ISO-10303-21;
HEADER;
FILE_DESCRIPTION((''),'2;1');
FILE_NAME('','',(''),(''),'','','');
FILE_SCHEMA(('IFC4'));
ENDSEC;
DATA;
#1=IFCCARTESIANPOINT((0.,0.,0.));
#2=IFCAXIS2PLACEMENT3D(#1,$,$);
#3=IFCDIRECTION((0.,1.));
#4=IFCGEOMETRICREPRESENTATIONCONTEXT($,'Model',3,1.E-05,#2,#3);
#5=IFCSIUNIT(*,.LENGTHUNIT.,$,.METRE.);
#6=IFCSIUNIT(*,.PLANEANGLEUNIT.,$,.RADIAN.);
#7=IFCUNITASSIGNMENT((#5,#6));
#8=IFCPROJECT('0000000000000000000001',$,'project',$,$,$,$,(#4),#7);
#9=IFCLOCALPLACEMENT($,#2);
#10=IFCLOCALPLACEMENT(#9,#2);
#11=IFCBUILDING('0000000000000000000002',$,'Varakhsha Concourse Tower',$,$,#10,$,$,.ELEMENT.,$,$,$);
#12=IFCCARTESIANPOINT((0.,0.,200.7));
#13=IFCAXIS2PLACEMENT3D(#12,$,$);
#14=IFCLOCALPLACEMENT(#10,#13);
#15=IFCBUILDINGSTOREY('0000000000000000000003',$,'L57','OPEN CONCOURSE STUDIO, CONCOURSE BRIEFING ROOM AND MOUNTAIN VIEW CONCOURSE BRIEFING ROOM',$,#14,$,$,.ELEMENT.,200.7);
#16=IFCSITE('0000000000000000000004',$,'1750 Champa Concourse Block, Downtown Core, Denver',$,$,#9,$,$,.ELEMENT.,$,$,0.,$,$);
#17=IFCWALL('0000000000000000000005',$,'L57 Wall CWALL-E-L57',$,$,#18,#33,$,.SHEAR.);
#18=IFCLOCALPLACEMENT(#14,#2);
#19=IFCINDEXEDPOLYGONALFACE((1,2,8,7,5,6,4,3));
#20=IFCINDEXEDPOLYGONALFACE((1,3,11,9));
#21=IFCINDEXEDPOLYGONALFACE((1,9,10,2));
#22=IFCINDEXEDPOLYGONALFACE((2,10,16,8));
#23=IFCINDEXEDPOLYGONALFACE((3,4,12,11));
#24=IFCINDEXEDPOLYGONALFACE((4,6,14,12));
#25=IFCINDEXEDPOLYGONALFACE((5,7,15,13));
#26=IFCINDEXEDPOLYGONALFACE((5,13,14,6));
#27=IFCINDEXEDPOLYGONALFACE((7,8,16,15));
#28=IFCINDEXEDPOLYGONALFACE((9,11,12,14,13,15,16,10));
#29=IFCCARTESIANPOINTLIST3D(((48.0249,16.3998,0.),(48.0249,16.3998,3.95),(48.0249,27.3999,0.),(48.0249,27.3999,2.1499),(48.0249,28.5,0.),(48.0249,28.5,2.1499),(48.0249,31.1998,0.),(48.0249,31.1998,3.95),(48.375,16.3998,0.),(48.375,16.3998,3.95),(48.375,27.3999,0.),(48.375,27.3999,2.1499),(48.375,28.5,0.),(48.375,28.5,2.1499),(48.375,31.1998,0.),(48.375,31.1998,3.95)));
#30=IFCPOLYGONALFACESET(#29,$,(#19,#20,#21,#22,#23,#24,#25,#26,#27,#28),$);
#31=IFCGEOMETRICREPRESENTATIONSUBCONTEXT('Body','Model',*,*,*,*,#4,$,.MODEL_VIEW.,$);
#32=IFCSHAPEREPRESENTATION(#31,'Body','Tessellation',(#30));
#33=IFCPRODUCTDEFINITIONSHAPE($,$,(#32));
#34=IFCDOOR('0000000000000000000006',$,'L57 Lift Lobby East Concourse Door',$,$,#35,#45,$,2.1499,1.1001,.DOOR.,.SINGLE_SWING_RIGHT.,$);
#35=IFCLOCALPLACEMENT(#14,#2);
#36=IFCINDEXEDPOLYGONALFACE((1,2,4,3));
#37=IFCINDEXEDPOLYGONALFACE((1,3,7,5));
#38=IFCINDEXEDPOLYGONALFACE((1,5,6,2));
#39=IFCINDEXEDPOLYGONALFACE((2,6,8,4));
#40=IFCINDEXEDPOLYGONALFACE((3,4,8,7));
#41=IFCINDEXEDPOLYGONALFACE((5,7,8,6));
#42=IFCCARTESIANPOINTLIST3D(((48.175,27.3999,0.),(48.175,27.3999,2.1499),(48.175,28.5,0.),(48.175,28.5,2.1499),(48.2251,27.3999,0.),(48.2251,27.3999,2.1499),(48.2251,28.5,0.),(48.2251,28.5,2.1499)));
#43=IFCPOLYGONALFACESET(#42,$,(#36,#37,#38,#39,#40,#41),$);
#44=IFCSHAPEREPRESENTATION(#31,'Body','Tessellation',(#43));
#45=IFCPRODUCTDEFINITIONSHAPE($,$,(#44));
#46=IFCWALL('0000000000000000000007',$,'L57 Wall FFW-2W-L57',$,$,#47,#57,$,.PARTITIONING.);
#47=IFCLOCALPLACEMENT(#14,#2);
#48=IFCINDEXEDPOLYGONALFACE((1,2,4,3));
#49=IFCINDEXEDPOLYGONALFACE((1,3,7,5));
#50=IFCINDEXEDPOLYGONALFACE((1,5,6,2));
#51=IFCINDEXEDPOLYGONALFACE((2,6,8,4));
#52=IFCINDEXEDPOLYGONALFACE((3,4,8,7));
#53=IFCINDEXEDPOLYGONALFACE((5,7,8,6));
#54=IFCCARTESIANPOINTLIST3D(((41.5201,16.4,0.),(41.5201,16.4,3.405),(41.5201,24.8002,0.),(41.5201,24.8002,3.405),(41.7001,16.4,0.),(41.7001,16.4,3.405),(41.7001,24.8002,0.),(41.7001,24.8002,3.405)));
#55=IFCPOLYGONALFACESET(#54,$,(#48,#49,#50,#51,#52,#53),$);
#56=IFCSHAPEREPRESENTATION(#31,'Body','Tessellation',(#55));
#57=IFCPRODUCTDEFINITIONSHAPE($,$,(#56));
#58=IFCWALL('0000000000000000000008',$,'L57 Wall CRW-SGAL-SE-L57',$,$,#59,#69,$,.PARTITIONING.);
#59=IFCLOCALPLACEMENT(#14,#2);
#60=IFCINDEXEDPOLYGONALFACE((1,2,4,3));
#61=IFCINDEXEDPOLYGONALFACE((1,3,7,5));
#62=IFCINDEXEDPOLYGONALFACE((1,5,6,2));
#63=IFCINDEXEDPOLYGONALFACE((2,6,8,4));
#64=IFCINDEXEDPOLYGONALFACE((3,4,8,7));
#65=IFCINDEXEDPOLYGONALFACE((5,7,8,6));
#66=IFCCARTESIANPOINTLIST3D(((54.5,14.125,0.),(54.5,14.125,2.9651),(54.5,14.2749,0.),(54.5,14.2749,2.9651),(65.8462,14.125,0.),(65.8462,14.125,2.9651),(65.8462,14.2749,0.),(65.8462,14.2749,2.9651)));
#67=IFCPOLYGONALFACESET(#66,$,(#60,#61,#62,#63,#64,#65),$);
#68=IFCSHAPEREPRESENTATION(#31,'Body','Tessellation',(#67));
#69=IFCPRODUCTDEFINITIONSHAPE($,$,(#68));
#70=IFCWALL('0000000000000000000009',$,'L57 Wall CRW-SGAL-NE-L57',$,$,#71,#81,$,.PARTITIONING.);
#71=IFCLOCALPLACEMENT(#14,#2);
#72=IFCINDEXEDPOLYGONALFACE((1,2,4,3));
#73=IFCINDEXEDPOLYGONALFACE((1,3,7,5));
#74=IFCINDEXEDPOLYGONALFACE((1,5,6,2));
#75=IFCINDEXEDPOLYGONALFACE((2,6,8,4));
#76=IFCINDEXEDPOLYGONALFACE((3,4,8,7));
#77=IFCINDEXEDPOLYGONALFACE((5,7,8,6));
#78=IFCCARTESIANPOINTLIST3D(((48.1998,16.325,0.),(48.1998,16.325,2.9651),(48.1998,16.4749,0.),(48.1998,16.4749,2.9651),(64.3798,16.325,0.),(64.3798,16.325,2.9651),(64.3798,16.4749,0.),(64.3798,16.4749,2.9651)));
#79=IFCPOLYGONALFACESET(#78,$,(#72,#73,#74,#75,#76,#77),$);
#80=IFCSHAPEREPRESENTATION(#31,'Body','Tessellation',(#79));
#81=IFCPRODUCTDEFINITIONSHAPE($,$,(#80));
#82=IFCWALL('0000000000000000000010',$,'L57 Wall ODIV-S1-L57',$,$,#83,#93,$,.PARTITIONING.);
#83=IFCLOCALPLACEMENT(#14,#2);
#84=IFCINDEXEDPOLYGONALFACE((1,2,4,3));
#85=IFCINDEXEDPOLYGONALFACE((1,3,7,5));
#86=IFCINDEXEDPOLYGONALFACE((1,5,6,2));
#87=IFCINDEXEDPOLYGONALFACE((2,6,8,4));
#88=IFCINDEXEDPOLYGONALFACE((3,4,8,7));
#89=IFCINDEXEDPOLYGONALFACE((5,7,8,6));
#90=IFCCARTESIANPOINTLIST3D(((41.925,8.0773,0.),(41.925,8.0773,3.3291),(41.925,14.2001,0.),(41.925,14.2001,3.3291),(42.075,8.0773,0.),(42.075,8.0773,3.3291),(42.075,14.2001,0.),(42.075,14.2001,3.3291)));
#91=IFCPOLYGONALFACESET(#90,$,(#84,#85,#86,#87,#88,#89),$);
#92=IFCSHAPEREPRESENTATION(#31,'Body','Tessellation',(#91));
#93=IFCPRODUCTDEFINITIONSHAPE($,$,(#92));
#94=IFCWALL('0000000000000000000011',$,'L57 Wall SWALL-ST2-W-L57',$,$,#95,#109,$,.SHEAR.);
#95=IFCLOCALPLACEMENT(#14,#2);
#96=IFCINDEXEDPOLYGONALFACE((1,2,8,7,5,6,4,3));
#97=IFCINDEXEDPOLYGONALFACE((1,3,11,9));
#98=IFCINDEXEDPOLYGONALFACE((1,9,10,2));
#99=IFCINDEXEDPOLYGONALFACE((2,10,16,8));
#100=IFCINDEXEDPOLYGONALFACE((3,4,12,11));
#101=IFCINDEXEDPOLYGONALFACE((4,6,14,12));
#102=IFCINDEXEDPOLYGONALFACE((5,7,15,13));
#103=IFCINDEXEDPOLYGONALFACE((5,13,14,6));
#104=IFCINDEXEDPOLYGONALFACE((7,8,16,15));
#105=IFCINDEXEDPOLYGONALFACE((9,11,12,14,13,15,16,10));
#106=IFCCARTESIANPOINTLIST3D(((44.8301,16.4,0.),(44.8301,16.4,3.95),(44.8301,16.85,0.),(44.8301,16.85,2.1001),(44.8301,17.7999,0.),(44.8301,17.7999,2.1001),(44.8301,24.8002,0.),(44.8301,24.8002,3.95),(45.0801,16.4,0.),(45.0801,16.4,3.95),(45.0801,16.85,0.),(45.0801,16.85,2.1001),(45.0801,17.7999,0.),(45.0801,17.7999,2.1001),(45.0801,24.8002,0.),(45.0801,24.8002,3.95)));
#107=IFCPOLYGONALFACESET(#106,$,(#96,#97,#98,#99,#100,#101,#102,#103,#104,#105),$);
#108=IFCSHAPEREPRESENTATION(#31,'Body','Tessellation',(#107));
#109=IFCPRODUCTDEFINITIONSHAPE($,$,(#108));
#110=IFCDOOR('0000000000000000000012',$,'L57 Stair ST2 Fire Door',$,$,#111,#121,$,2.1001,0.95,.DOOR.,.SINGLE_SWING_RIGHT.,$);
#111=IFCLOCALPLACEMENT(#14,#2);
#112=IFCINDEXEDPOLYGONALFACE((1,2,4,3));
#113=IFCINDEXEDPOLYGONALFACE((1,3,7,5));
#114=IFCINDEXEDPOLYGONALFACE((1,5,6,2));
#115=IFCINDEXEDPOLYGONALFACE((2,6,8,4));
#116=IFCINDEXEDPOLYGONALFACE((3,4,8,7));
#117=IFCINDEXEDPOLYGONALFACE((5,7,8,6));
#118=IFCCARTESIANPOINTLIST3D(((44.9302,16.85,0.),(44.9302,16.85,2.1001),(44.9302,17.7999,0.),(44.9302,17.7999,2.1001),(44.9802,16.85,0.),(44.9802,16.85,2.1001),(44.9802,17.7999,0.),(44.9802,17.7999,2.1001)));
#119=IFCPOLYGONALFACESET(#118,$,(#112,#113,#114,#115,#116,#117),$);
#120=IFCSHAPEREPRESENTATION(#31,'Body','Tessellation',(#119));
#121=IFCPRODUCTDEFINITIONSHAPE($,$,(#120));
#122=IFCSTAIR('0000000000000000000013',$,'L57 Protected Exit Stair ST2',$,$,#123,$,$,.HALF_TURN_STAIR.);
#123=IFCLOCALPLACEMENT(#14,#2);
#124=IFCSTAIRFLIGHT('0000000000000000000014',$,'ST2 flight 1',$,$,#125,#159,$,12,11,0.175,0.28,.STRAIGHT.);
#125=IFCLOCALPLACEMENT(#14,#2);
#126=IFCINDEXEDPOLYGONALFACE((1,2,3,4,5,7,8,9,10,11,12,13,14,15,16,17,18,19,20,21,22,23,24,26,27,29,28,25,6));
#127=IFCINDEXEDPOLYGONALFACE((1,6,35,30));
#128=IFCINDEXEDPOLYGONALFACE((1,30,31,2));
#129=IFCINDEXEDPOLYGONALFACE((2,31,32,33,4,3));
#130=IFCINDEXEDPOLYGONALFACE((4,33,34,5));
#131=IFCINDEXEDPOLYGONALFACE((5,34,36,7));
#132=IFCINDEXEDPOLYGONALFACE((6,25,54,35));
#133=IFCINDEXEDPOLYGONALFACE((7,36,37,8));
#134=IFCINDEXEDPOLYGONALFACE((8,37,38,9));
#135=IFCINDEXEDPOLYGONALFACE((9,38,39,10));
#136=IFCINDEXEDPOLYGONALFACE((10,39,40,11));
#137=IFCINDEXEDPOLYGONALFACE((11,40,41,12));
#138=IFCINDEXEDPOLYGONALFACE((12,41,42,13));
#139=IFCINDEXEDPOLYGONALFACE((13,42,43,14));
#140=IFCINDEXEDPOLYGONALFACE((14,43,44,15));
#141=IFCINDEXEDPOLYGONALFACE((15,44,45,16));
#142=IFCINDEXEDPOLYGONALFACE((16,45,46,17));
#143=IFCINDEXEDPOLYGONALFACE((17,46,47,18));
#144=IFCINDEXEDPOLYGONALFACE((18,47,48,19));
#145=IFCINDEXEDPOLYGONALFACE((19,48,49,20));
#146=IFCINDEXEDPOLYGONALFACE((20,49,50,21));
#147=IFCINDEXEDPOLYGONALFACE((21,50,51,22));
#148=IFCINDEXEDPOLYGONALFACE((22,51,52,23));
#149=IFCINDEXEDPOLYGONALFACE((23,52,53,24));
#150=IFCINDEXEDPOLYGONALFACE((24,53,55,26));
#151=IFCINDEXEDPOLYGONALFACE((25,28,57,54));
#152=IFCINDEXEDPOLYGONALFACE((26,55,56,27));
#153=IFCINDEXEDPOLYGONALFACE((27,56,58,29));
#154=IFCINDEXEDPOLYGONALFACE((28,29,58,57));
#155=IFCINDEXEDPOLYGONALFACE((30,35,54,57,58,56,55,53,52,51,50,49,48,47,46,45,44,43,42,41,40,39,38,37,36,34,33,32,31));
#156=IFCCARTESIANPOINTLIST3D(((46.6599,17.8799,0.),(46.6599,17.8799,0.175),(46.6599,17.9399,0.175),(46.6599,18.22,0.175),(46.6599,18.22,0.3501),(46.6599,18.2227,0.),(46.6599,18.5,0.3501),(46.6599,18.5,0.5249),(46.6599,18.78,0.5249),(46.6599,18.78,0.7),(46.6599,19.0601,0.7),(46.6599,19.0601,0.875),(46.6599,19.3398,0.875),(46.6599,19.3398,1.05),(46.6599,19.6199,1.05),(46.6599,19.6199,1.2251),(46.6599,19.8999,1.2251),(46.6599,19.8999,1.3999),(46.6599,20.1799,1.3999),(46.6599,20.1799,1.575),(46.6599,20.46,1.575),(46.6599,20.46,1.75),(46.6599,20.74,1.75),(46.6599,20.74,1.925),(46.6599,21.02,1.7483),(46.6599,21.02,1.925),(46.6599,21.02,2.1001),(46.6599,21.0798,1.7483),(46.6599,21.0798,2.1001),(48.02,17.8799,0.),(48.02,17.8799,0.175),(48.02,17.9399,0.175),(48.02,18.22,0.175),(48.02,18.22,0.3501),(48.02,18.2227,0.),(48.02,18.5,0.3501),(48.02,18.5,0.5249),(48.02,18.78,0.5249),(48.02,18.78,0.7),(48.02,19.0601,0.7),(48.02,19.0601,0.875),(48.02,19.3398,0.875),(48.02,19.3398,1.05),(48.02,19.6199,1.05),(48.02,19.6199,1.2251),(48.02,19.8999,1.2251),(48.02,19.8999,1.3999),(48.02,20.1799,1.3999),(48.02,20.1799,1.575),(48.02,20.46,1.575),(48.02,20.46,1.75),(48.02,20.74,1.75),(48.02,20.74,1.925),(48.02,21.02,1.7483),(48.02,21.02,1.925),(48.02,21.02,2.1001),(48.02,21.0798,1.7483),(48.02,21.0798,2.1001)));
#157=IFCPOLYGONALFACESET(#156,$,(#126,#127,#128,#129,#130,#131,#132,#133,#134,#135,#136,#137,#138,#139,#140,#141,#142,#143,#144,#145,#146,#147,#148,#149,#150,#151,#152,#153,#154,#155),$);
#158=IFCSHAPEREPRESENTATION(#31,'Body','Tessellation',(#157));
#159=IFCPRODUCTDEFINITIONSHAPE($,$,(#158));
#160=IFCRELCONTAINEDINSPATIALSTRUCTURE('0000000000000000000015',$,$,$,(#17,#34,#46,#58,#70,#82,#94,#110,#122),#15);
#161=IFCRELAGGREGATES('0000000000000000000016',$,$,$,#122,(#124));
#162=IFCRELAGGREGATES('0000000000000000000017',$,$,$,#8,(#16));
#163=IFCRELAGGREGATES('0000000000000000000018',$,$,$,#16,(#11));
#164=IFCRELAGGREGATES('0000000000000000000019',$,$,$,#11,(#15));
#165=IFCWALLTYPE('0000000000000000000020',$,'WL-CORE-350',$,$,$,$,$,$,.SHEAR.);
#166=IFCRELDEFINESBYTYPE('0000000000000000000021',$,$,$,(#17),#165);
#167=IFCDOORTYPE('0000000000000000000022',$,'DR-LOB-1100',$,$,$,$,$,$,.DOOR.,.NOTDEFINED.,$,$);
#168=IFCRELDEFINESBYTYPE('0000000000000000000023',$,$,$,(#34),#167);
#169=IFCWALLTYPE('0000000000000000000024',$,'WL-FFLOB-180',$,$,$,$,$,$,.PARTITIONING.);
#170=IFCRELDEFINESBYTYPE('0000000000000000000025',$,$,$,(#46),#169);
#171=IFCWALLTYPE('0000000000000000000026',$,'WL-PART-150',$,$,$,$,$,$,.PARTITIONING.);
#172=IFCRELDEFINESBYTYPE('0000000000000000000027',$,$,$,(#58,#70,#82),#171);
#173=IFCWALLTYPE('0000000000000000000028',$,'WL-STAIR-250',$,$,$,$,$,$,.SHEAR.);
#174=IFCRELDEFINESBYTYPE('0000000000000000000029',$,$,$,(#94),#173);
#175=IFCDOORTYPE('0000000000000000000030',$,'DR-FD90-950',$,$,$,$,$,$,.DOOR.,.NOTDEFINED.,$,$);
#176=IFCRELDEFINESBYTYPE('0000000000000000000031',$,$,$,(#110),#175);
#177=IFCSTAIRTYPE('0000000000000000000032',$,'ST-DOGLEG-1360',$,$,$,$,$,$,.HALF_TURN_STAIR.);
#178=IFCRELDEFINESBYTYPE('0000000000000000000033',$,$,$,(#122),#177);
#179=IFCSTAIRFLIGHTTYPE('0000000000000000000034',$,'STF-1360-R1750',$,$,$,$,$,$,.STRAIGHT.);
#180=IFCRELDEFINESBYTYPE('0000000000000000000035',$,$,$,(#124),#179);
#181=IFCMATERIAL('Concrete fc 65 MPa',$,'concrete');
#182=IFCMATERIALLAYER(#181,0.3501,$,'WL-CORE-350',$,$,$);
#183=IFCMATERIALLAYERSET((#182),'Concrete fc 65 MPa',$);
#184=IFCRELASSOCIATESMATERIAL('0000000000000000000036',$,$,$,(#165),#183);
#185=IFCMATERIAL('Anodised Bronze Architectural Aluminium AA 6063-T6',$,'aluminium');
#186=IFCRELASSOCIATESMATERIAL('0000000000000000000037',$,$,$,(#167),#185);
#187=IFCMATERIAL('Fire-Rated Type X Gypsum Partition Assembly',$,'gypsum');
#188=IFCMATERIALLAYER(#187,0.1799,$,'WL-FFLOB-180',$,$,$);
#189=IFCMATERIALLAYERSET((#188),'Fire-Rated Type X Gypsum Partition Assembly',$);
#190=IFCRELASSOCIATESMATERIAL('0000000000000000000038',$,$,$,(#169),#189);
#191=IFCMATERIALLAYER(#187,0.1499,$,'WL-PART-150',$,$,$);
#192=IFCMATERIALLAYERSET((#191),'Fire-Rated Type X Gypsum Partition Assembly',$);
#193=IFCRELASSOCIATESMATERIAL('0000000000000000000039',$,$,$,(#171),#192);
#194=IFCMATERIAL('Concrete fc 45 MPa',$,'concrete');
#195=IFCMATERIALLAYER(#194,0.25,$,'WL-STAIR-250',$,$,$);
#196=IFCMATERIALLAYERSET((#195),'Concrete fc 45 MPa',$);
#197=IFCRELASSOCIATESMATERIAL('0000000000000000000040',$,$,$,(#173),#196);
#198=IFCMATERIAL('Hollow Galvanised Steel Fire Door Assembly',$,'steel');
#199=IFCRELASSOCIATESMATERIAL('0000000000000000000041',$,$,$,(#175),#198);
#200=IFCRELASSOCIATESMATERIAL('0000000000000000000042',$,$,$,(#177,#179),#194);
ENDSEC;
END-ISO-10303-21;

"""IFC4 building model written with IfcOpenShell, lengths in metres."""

from ifc_helpers import new_model, si_unit, direction, frame, frame_2d, origin, place, context, subcontext, project, spatial, polyline, rectangle, outline, extrude, material, layer, layer_set, type_object, element, fill, aggregate, save


model = new_model("IFC4")

# Units and contexts
model_context = context("Model", 3, precision=1e-05, world=origin(), true_north=direction((0.0, 1.0)))
body_context = subcontext(model_context, "Body", "Model", "MODEL_VIEW")
ifc_project = project(units=[si_unit("LENGTHUNIT", "METRE"), si_unit("PLANEANGLEUNIT", "RADIAN")], contexts=[model_context])

# Site, building, storey
site_placement = place(None, origin())
site = spatial("IfcSite", under=ifc_project, at=site_placement, Name="1750 Champa Concourse Block, Downtown Core, Denver", CompositionType="ELEMENT", RefElevation=0.0)
building_placement = place(site_placement, origin())
building = spatial("IfcBuilding", under=site, at=building_placement, Name="Varakhsha Concourse Tower", CompositionType="ELEMENT")
storey_placement = place(building_placement, frame((0.0, 0.0, 200.7)))
storey = spatial("IfcBuildingStorey", under=building, at=storey_placement, Name="L57", Description="OPEN CONCOURSE STUDIO, CONCOURSE BRIEFING ROOM AND MOUNTAIN VIEW CONCOURSE BRIEFING ROOM", CompositionType="ELEMENT", Elevation=200.7)

# Shared definitions
ifc_material_1 = material(Name="Concrete fc 65 MPa", Category="concrete")

# Shared definitions
ifc_material_2 = material(Name="Anodised Bronze Architectural Aluminium AA 6063-T6", Category="aluminium")

# Wall, opening, door
ifc_layer_1 = layer(ifc_material_1, 0.3501, Name="WL-CORE-350")
ifc_layer_set_1 = layer_set([ifc_layer_1], Name="Concrete fc 65 MPa")
wall_type_1 = type_object("IfcWallType", Name="WL-CORE-350", PredefinedType="SHEAR", material=ifc_layer_set_1)
wall_1_placement = place(storey_placement, frame((48.2, 16.3999, 0.0), z_axis=(0.0, 0.0, 1.0), x_axis=(0.0, 1.0, 0.0)))
wall_1 = element("IfcWall", 1, at=wall_1_placement, inside=storey, type_object=wall_type_1, Name="L57 Wall CWALL-E-L57", PredefinedType="SHEAR", context=body_context, shape_type="SweptSolid", body=[
    extrude(rectangle(XDim=14.8, YDim=0.3501, at=frame_2d((7.3999, 0.0))), origin(), (0.0, 0.0, 1.0), 3.95),
])
opening_1_placement = place(wall_1_placement, frame((11.0, 0.0, 0.0)))
opening_1 = element("IfcOpeningElement", 2, at=opening_1_placement, cuts=wall_1, PredefinedType="OPENING", context=body_context, shape_type="SweptSolid", body=[
    extrude(rectangle(XDim=1.1001, YDim=2.1499, at=frame_2d((0.55, 1.075))), frame((0.0, 0.1851, 0.0), z_axis=(0.0, -1.0, 0.0), x_axis=(1.0, 0.0, 0.0)), (0.0, 0.0, 1.0), 0.3701),
])
door_type_1 = type_object("IfcDoorType", Name="DR-LOB-1100", OperationType="NOTDEFINED", PredefinedType="DOOR", material=ifc_material_2)
door_1_placement = place(opening_1_placement, origin())
door_1 = element("IfcDoor", 3, at=door_1_placement, inside=storey, type_object=door_type_1, Name="L57 Lift Lobby East Concourse Door", OperationType="SINGLE_SWING_RIGHT", OverallHeight=2.1499, OverallWidth=1.1001, PredefinedType="DOOR", context=body_context, shape_type="SweptSolid", body=[
    extrude(rectangle(XDim=1.1001, YDim=2.1499, at=frame_2d((0.55, 1.075))), frame((0.0, 0.0249, 0.0), z_axis=(0.0, -1.0, 0.0), x_axis=(1.0, 0.0, 0.0)), (0.0, 0.0, 1.0), 0.05),
])
fill(opening_1, door_1)

# Walls
ifc_material_3 = material(Name="Fire-Rated Type X Gypsum Partition Assembly", Category="gypsum")
ifc_layer_2 = layer(ifc_material_3, 0.1799, Name="WL-FFLOB-180")
ifc_layer_set_2 = layer_set([ifc_layer_2], Name="Fire-Rated Type X Gypsum Partition Assembly")
wall_type_2 = type_object("IfcWallType", Name="WL-FFLOB-180", PredefinedType="PARTITIONING", material=ifc_layer_set_2)
wall_2_placement = place(storey_placement, frame((41.6101, 16.3999, 0.0), z_axis=(0.0, 0.0, 1.0), x_axis=(0.0, 1.0, 0.0)))
element("IfcWall", 4, at=wall_2_placement, inside=storey, type_object=wall_type_2, Name="L57 Wall FFW-2W-L57", PredefinedType="PARTITIONING", context=body_context, shape_type="SweptSolid", body=[
    extrude(rectangle(XDim=8.4001, YDim=0.1799, at=frame_2d((4.2002, 0.0))), origin(), (0.0, 0.0, 1.0), 3.405),
])
ifc_layer_3 = layer(ifc_material_3, 0.1499, Name="WL-PART-150")
ifc_layer_set_3 = layer_set([ifc_layer_3], Name="Fire-Rated Type X Gypsum Partition Assembly")
wall_type_3 = type_object("IfcWallType", Name="WL-PART-150", PredefinedType="PARTITIONING", material=ifc_layer_set_3)
wall_3_placement = place(storey_placement, frame((54.5, 14.2, 0.0), z_axis=(0.0, 0.0, 1.0), x_axis=(1.0, 0.0, 0.0)))
element("IfcWall", 5, at=wall_3_placement, inside=storey, type_object=wall_type_3, Name="L57 Wall CRW-SGAL-SE-L57", PredefinedType="PARTITIONING", context=body_context, shape_type="SweptSolid", body=[
    extrude(rectangle(XDim=11.3462, YDim=0.1499, at=frame_2d((5.6731, 0.0))), origin(), (0.0, 0.0, 1.0), 2.9651),
])
wall_4_placement = place(storey_placement, frame((48.2, 16.3999, 0.0), z_axis=(0.0, 0.0, 1.0), x_axis=(1.0, 0.0, 0.0)))
element("IfcWall", 6, at=wall_4_placement, inside=storey, type_object=wall_type_3, Name="L57 Wall CRW-SGAL-NE-L57", PredefinedType="PARTITIONING", context=body_context, shape_type="SweptSolid", body=[
    extrude(rectangle(XDim=16.1799, YDim=0.1499, at=frame_2d((8.0898, 0.0))), origin(), (0.0, 0.0, 1.0), 2.9651),
])
wall_5_placement = place(storey_placement, frame((42.0, 8.0771, 0.0), z_axis=(0.0, 0.0, 1.0), x_axis=(0.0, 1.0, 0.0)))
element("IfcWall", 7, at=wall_5_placement, inside=storey, type_object=wall_type_3, Name="L57 Wall ODIV-S1-L57", PredefinedType="PARTITIONING", context=body_context, shape_type="SweptSolid", body=[
    extrude(rectangle(XDim=6.1228, YDim=0.1499, at=frame_2d((3.0615, 0.0))), origin(), (0.0, 0.0, 1.0), 3.3291),
])

# Wall, opening, door
ifc_material_4 = material(Name="Concrete fc 45 MPa", Category="concrete")
ifc_layer_4 = layer(ifc_material_4, 0.25, Name="WL-STAIR-250")
ifc_layer_set_4 = layer_set([ifc_layer_4], Name="Concrete fc 45 MPa")
wall_type_4 = type_object("IfcWallType", Name="WL-STAIR-250", PredefinedType="SHEAR", material=ifc_layer_set_4)
wall_6_placement = place(storey_placement, frame((44.9551, 16.3999, 0.0), z_axis=(0.0, 0.0, 1.0), x_axis=(0.0, 1.0, 0.0)))
wall_6 = element("IfcWall", 8, at=wall_6_placement, inside=storey, type_object=wall_type_4, Name="L57 Wall SWALL-ST2-W-L57", PredefinedType="SHEAR", context=body_context, shape_type="SweptSolid", body=[
    extrude(rectangle(XDim=8.4001, YDim=0.25, at=frame_2d((4.2002, 0.0))), origin(), (0.0, 0.0, 1.0), 3.95),
])
opening_2_placement = place(wall_6_placement, frame((0.45, 0.0, 0.0)))
opening_2 = element("IfcOpeningElement", 9, at=opening_2_placement, cuts=wall_6, PredefinedType="OPENING", context=body_context, shape_type="SweptSolid", body=[
    extrude(rectangle(XDim=0.95, YDim=2.1001, at=frame_2d((0.4751, 1.05))), frame((0.0, 0.135, 0.0), z_axis=(0.0, -1.0, 0.0), x_axis=(1.0, 0.0, 0.0)), (0.0, 0.0, 1.0), 0.27),
])
ifc_material_5 = material(Name="Hollow Galvanised Steel Fire Door Assembly", Category="steel")
door_type_2 = type_object("IfcDoorType", Name="DR-FD90-950", OperationType="NOTDEFINED", PredefinedType="DOOR", material=ifc_material_5)
door_2_placement = place(opening_2_placement, origin())
door_2 = element("IfcDoor", 10, at=door_2_placement, inside=storey, type_object=door_type_2, Name="L57 Stair ST2 Fire Door", OperationType="SINGLE_SWING_RIGHT", OverallHeight=2.1001, OverallWidth=0.95, PredefinedType="DOOR", context=body_context, shape_type="SweptSolid", body=[
    extrude(rectangle(XDim=0.95, YDim=2.1001, at=frame_2d((0.4751, 1.05))), frame((0.0, 0.0249, 0.0), z_axis=(0.0, -1.0, 0.0), x_axis=(1.0, 0.0, 0.0)), (0.0, 0.0, 1.0), 0.05),
])
fill(opening_2, door_2)

# Stair, stair flight
stair_type = type_object("IfcStairType", Name="ST-DOGLEG-1360", PredefinedType="HALF_TURN_STAIR", material=ifc_material_4)
stair_placement = place(storey_placement, origin())
stair = element("IfcStair", 11, at=stair_placement, inside=storey, type_object=stair_type, Name="L57 Protected Exit Stair ST2", PredefinedType="HALF_TURN_STAIR")
stair_flight_type = type_object("IfcStairFlightType", Name="STF-1360-R1750", PredefinedType="STRAIGHT", material=ifc_material_4)
stair_flight_1_placement = place(storey_placement, frame((47.3401, 17.9399, 0.0), z_axis=(0.0, 0.0, 1.0), x_axis=(0.0, 1.0, 0.0)))
stair_flight_1 = element("IfcStairFlight", 12, at=stair_flight_1_placement, type_object=stair_flight_type, Name="ST2 flight 1", NumberOfRisers=12, NumberOfTreads=11, PredefinedType="STRAIGHT", RiserHeight=0.175, TreadLength=0.28, context=body_context, shape_type="SweptSolid", body=[
    extrude(outline(polyline([(-0.0601, 0.0), (-0.0601, 0.175), (0.0, 0.175), (0.28, 0.175), (0.28, 0.3501), (0.5601, 0.3501), (0.5601, 0.5249), (0.8401, 0.5249), (0.8401, 0.7), (1.1201, 0.7), (1.1201, 0.875), (1.3999, 0.875), (1.3999, 1.05), (1.6799, 1.05), (1.6799, 1.2251), (1.96, 1.2251), (1.96, 1.3999), (2.24, 1.3999), (2.24, 1.575), (2.52, 1.575), (2.52, 1.75), (2.8, 1.75), (2.8, 1.925), (3.0801, 1.925), (3.0801, 2.1001), (3.1399, 2.1001), (3.1399, 1.7483), (3.0801, 1.7483), (0.2827, 0.0), (-0.0601, 0.0)])), frame((0.0, 0.6802, 0.0), z_axis=(0.0, -1.0, 0.0), x_axis=(1.0, 0.0, 0.0)), (0.0, 0.0, 1.0), 1.3601),
])
aggregate(stair, [stair_flight_1])

save(model, "model.ifc")
